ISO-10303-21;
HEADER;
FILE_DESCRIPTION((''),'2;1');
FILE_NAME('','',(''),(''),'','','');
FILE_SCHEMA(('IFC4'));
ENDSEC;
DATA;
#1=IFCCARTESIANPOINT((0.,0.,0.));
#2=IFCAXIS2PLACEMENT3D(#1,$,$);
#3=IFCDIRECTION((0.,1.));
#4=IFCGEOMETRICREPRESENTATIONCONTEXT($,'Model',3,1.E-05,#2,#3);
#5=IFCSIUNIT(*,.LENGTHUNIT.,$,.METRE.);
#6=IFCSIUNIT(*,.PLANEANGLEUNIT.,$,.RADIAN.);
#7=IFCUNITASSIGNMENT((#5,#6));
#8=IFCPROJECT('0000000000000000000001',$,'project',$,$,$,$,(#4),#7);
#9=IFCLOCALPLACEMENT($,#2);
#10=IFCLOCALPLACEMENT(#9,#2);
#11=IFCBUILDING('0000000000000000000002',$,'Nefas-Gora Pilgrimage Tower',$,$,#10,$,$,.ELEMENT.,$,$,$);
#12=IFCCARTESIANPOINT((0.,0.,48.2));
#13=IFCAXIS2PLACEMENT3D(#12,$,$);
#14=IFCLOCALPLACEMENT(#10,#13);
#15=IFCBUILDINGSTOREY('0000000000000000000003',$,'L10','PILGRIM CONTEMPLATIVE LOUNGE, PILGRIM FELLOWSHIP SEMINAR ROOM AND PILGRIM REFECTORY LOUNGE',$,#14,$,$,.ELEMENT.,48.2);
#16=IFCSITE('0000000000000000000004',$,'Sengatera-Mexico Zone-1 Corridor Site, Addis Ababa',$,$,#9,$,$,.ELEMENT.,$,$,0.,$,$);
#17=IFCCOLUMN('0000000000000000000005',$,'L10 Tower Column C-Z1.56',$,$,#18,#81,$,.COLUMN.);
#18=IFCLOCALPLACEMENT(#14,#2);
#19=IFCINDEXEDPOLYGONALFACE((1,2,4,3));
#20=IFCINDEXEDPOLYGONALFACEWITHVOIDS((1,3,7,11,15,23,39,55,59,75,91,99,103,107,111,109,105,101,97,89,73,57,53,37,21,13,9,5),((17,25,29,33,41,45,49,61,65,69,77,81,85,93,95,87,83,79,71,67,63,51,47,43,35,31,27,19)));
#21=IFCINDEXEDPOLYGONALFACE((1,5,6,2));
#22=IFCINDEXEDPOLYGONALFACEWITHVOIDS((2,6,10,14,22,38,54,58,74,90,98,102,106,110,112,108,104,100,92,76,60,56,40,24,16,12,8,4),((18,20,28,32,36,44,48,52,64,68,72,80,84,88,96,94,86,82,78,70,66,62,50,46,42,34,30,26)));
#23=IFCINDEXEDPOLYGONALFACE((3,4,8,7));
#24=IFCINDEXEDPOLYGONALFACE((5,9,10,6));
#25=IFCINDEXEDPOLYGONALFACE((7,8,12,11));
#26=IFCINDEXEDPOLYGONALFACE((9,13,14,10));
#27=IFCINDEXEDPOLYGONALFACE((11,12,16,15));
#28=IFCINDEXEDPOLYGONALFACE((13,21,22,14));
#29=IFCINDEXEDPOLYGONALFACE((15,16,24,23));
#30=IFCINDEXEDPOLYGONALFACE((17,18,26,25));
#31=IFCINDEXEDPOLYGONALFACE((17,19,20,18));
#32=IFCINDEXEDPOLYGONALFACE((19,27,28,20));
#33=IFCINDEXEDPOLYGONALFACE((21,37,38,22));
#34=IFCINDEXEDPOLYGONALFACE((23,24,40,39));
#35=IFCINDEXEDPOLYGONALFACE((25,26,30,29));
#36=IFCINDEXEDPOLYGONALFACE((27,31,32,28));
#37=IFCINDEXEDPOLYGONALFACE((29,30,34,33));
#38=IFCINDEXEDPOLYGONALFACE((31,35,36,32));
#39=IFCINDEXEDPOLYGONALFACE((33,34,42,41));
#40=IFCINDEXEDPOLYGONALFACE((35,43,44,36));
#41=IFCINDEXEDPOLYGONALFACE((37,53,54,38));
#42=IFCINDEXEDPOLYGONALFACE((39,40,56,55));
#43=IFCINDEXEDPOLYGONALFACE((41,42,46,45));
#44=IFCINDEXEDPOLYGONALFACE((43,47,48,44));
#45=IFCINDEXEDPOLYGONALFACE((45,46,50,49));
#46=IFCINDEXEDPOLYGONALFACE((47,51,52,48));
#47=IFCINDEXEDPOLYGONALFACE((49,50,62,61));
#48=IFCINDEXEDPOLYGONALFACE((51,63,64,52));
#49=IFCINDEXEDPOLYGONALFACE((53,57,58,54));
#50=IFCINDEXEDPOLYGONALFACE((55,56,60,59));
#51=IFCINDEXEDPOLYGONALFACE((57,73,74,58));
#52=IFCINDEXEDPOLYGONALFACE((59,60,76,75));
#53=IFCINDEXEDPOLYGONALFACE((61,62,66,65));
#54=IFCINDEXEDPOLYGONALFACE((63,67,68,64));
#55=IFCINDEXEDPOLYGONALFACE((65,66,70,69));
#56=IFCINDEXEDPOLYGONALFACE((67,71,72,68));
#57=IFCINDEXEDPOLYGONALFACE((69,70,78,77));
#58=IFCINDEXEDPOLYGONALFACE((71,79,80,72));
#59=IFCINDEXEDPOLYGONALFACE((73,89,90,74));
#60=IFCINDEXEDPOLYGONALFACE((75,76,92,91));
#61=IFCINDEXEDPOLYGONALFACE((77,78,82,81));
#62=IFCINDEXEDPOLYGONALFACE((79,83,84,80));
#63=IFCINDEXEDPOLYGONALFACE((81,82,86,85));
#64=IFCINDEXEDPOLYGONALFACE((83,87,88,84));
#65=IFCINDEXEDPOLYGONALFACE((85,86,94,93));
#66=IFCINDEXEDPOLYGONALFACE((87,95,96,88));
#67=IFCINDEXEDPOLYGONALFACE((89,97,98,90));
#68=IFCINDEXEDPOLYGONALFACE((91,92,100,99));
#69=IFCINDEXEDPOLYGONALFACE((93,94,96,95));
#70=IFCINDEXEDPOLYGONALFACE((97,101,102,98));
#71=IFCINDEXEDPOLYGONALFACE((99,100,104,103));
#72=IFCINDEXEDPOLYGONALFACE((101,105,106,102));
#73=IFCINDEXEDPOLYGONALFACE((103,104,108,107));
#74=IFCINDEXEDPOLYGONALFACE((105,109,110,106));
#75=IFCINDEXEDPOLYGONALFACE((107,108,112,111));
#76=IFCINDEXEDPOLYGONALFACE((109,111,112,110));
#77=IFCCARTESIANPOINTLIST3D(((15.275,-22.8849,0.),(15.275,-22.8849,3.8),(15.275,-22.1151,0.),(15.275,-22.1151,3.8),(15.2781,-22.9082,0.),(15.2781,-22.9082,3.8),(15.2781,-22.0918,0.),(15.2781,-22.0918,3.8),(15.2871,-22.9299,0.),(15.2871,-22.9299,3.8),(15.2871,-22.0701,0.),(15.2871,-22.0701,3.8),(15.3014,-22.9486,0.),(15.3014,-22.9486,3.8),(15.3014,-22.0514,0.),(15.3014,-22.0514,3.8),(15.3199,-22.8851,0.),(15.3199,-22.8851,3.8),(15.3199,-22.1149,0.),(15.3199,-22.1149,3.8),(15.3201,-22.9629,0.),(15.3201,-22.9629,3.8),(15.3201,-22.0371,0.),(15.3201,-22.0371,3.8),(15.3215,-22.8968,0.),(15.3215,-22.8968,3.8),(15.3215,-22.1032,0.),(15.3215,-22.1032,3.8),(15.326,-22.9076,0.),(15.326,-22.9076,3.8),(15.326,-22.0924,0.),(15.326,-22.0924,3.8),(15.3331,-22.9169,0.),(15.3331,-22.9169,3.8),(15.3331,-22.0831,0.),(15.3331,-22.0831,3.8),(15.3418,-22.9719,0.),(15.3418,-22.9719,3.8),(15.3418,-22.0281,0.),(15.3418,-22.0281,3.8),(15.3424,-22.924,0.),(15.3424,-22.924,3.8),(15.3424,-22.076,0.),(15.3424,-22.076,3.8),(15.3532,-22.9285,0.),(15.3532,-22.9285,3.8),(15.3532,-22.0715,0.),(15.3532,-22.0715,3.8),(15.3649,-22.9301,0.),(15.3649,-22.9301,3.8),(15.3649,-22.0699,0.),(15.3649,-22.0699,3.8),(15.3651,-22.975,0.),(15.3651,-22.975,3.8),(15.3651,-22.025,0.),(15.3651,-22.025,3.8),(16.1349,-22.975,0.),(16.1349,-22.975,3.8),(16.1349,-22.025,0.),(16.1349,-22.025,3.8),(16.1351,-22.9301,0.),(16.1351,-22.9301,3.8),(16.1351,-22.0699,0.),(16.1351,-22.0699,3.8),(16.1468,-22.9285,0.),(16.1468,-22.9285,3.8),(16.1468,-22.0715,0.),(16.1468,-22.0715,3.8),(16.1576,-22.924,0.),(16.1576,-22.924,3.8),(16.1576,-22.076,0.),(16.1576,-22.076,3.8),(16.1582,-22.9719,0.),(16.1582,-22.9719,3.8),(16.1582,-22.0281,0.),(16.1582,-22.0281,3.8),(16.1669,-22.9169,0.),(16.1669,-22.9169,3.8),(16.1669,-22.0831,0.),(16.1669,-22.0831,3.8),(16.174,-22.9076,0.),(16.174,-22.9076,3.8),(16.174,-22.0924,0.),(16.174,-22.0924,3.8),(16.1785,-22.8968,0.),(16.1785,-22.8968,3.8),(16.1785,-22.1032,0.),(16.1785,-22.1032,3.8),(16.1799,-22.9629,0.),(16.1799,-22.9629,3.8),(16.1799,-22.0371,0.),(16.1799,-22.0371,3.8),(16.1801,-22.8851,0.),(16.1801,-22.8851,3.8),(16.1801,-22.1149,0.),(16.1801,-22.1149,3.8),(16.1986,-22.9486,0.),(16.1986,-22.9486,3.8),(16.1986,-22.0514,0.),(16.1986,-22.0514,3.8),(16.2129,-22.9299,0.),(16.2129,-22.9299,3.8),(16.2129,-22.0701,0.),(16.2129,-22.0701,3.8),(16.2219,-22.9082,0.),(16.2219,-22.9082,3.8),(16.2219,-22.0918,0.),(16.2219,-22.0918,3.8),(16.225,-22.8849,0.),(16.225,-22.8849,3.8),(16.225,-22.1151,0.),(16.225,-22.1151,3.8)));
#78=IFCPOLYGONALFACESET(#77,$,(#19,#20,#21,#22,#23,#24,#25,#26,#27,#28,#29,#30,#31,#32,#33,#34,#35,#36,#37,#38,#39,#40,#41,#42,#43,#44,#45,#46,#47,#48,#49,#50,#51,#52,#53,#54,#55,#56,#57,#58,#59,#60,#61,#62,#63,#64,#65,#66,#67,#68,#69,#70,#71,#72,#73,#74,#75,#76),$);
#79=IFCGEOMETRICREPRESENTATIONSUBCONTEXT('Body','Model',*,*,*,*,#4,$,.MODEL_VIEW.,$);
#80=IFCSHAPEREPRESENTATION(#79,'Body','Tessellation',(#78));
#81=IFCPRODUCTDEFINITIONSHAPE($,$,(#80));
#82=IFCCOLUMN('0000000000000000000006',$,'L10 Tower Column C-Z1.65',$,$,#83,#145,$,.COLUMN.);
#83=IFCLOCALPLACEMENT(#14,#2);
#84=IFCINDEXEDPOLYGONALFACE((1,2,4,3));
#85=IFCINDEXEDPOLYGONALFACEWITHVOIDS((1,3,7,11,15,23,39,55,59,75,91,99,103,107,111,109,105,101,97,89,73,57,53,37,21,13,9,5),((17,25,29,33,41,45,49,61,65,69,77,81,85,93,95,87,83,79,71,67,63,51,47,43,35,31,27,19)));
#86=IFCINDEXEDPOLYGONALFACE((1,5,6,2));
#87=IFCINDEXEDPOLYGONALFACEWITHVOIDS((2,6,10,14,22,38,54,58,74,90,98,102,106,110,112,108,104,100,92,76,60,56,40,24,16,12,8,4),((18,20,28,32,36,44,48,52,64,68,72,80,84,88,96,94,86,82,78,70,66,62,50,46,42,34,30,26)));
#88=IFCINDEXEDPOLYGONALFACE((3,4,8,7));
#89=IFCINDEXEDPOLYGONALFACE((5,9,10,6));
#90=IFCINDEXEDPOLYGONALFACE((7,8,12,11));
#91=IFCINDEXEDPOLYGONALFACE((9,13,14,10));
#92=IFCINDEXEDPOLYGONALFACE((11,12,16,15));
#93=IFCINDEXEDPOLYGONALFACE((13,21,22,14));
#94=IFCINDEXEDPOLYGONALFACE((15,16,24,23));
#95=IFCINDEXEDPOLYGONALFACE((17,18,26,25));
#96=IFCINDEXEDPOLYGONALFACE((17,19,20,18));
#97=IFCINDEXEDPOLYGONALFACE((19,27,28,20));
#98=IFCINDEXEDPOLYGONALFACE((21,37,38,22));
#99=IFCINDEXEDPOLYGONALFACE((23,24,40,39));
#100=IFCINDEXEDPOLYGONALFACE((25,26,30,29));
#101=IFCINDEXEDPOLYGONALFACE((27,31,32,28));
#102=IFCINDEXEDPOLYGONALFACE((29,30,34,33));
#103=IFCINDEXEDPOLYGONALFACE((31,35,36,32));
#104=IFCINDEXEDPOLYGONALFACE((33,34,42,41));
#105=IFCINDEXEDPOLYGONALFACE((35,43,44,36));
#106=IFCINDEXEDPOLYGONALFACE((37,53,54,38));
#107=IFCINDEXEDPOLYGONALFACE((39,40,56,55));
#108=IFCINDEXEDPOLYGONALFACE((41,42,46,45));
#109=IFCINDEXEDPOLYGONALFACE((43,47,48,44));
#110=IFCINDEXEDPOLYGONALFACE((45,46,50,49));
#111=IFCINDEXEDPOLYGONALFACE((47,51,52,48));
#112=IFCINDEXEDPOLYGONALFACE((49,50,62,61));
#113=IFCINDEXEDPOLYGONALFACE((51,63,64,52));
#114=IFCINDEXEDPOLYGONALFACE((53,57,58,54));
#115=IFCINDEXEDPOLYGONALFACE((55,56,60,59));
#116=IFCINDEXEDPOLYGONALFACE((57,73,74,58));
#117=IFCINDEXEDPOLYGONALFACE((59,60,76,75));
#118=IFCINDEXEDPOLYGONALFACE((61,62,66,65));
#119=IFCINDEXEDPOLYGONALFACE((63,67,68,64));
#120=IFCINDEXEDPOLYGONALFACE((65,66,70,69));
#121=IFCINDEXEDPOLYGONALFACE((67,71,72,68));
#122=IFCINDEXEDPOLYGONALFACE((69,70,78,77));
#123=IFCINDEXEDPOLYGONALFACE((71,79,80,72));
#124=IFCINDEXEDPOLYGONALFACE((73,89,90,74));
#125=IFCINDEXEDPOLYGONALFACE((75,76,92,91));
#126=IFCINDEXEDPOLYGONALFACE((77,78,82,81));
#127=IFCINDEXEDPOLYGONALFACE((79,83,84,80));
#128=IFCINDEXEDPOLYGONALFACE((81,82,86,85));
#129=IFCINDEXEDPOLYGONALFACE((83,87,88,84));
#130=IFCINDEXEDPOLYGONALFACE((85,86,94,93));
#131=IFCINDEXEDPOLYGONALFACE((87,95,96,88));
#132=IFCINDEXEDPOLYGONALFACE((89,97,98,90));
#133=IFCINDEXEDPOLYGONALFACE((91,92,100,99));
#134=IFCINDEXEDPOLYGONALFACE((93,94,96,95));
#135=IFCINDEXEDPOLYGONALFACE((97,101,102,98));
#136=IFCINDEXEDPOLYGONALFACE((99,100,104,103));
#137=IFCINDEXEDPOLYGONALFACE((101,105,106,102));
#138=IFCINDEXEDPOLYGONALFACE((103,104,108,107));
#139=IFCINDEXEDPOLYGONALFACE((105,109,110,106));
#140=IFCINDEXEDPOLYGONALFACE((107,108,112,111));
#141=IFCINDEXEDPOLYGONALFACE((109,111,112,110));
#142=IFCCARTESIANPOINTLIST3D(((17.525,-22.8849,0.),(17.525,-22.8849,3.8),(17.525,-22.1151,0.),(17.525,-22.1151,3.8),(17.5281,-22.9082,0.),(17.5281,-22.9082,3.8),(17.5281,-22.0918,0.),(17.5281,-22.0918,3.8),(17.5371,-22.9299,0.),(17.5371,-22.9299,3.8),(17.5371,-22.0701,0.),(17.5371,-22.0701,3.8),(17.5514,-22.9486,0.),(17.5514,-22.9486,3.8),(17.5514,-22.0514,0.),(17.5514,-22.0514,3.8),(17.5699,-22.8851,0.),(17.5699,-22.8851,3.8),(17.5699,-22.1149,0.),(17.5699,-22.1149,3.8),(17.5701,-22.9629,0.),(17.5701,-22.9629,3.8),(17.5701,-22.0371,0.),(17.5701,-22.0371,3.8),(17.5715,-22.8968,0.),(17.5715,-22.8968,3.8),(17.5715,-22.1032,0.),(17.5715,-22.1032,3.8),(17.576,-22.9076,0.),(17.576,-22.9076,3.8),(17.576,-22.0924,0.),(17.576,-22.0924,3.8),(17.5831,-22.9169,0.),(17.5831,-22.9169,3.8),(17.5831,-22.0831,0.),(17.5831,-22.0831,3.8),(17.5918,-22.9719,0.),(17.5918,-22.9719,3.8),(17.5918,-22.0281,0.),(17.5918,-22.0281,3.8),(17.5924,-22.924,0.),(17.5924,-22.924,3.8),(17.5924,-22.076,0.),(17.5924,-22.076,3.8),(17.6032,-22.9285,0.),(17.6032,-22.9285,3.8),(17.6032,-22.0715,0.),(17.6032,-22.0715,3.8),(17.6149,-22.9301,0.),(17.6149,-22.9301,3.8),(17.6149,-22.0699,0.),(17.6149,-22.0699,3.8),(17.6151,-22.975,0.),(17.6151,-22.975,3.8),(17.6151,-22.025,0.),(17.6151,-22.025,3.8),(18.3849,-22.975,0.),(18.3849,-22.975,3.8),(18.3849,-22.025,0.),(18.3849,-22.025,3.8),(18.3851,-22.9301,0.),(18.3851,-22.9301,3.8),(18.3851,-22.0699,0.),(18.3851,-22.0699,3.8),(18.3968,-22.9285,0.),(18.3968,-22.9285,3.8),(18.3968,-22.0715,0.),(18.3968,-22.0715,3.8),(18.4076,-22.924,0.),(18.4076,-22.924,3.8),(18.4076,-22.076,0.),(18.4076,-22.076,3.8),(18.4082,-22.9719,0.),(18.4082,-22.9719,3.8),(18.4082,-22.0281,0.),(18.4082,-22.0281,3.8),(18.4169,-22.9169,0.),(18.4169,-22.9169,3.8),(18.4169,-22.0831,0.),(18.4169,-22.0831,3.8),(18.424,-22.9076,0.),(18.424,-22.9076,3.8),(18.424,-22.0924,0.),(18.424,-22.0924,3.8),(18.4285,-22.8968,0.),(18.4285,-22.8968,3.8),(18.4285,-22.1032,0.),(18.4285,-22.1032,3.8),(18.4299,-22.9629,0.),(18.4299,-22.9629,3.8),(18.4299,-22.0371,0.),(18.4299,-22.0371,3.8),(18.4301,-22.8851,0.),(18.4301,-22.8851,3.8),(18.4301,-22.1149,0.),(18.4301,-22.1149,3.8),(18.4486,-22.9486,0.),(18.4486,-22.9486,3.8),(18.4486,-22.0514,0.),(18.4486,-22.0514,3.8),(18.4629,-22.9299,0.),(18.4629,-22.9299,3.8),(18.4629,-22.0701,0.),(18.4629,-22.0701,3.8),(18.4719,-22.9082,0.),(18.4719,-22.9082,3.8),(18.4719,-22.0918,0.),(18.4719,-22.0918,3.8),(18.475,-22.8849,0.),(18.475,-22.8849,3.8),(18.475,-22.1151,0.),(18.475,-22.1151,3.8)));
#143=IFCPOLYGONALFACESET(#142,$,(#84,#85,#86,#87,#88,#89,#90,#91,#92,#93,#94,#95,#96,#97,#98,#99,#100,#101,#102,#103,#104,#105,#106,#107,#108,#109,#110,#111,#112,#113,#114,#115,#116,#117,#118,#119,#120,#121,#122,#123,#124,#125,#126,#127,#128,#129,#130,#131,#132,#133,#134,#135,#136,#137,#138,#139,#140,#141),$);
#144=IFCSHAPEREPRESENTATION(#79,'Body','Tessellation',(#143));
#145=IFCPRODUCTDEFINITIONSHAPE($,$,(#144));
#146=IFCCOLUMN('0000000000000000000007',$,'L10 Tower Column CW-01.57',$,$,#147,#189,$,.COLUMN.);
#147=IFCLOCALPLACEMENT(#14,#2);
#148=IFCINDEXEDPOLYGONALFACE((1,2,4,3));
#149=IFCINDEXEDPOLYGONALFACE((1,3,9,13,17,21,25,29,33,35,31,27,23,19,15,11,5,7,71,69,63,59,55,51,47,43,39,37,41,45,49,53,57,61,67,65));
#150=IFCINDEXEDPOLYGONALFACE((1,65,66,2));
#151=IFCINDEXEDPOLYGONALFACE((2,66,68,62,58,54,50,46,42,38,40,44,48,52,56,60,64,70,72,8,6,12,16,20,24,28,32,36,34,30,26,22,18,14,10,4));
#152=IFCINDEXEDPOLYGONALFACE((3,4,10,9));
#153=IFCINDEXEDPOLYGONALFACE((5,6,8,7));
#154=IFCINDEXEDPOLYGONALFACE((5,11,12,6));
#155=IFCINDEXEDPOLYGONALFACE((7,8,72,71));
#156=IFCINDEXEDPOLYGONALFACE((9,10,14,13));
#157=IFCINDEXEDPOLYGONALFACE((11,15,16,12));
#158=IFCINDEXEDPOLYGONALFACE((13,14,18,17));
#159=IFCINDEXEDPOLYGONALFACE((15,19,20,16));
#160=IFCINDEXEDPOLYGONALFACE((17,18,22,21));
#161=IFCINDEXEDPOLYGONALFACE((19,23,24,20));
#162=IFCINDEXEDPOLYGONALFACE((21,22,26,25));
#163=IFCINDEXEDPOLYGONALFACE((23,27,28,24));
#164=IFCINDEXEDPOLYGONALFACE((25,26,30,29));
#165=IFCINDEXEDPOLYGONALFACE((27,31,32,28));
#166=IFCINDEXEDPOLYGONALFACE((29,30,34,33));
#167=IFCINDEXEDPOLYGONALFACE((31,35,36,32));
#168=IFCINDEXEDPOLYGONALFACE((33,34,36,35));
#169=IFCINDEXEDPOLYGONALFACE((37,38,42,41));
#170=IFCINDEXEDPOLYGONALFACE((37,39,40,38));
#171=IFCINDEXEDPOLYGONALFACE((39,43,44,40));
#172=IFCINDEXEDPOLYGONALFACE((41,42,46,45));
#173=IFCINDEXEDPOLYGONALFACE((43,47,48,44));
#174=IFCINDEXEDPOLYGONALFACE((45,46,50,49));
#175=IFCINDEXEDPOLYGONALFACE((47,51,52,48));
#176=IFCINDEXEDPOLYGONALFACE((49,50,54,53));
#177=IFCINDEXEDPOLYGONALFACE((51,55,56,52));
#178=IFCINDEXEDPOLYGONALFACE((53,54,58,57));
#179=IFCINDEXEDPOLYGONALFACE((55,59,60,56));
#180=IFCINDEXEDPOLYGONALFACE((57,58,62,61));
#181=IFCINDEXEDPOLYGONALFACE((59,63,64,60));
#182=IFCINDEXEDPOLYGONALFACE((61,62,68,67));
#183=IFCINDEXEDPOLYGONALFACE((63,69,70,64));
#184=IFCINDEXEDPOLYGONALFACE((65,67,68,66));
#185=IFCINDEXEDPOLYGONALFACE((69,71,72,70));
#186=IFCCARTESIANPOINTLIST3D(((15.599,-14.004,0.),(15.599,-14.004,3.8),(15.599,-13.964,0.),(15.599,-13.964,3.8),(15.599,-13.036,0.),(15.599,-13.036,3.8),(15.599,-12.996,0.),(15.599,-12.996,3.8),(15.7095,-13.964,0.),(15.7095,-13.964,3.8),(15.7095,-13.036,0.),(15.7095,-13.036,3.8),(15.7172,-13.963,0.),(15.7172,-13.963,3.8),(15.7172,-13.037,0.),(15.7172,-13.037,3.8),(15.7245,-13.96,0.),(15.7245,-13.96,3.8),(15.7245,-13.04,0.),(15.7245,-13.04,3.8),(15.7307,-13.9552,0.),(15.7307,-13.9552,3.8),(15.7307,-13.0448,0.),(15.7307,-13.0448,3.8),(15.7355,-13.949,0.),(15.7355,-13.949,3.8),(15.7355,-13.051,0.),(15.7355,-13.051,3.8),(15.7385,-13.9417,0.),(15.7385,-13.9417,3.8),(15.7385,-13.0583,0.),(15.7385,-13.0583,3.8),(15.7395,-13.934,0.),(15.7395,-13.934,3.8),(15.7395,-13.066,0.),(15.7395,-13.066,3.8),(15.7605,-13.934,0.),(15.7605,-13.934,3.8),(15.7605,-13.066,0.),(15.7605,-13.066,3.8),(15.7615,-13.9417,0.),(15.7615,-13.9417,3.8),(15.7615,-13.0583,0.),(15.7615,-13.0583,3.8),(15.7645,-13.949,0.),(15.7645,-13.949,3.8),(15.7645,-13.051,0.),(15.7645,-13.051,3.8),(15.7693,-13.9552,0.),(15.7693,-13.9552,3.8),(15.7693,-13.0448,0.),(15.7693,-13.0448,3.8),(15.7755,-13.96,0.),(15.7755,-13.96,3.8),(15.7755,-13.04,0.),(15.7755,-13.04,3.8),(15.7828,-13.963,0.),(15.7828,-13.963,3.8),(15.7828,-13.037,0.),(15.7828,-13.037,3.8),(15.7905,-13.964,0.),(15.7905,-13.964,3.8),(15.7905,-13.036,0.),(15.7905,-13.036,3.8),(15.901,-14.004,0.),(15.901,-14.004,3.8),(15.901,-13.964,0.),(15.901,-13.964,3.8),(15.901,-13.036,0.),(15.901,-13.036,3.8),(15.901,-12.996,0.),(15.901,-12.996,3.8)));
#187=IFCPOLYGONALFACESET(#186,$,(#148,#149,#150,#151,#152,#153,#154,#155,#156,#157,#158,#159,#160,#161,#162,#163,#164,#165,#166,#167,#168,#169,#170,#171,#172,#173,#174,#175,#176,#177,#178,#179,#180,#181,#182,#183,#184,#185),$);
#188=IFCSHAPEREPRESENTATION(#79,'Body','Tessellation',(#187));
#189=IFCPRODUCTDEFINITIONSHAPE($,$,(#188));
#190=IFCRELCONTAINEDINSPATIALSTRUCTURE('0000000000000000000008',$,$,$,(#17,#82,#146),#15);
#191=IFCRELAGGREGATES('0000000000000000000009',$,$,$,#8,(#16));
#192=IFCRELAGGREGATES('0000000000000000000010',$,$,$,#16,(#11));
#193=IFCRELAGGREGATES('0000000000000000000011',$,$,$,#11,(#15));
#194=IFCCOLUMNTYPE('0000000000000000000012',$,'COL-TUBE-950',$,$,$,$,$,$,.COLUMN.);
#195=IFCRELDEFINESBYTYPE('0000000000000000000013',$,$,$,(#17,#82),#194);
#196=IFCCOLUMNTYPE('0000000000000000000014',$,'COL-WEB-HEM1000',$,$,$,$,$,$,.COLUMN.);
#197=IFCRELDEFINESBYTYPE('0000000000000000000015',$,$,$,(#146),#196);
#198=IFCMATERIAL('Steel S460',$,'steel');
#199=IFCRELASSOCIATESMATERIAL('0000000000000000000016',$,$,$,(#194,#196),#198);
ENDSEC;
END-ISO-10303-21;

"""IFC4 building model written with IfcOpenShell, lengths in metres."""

from ifc_helpers import new_model, si_unit, direction, frame, origin, origin_2d, place, context, subcontext, project, spatial, hollow_rectangle, i_section, extrude, source, transform, mapped, material, material_profile, profile_set, type_object, element, save


model = new_model("IFC4")

# Units and contexts
model_context = context("Model", 3, precision=1e-05, world=origin(), true_north=direction((0.0, 1.0)))
body_context = subcontext(model_context, "Body", "Model", "MODEL_VIEW")
ifc_project = project(units=[si_unit("LENGTHUNIT", "METRE"), si_unit("PLANEANGLEUNIT", "RADIAN")], contexts=[model_context])

# Site, building, storey
site_placement = place(None, origin())
site = spatial("IfcSite", under=ifc_project, at=site_placement, Name="Sengatera-Mexico Zone-1 Corridor Site, Addis Ababa", CompositionType="ELEMENT", RefElevation=0.0)
building_placement = place(site_placement, origin())
building = spatial("IfcBuilding", under=site, at=building_placement, Name="Nefas-Gora Pilgrimage Tower", CompositionType="ELEMENT")
storey_placement = place(building_placement, frame((0.0, 0.0, 48.2)))
storey = spatial("IfcBuildingStorey", under=building, at=storey_placement, Name="L10", Description="PILGRIM CONTEMPLATIVE LOUNGE, PILGRIM FELLOWSHIP SEMINAR ROOM AND PILGRIM REFECTORY LOUNGE", CompositionType="ELEMENT", Elevation=48.2)

# Columns
ifc_material_1 = material(Name="Steel S460", Category="steel")
ifc_material_profile_1 = material_profile(ifc_material_1, hollow_rectangle(XDim=0.95, YDim=0.95, WallThickness=0.0449, InnerFilletRadius=0.0449, OuterFilletRadius=0.0901, at=origin_2d()), Name="BOX 950x950x45")
ifc_profile_set_1 = profile_set([ifc_material_profile_1], Name="Steel S460")
column_type_1 = type_object("IfcColumnType", Name="COL-TUBE-950", PredefinedType="COLUMN", material=ifc_profile_set_1)
shared_shape_1 = source(origin(), body_context, "Body", "SweptSolid", [
    extrude(hollow_rectangle(XDim=0.95, YDim=0.95, WallThickness=0.0449, InnerFilletRadius=0.0449, OuterFilletRadius=0.0901, at=origin_2d()), origin(), (0.0, 0.0, 1.0), 3.8),
])
for number, where, z_axis, x_axis, name in (
    (1, (15.75, -22.5, 0.0), (0.0, 0.0, 1.0), (1.0, 0.0, 0.0), "L10 Tower Column C-Z1.56"),
    (2, (18.0, -22.5, 0.0), (0.0, 0.0, 1.0), (1.0, 0.0, 0.0), "L10 Tower Column C-Z1.65"),
):
    element("IfcColumn", number, at=place(storey_placement, frame(where, z_axis=z_axis, x_axis=x_axis)), inside=storey, type_object=column_type_1, Name=name, PredefinedType="COLUMN", context=body_context, shape_type="MappedRepresentation", body=[
        mapped(shared_shape_1, transform((0.0, 0.0, 0.0), x_axis=(1.0, 0.0, 0.0), y_axis=(0.0, 1.0, 0.0), z_axis=(0.0, 0.0, 1.0), scale=1.0)),
    ])
ifc_material_profile_2 = material_profile(ifc_material_1, i_section(OverallWidth=0.302, OverallDepth=1.0081, WebThickness=0.021, FlangeThickness=0.04, FilletRadius=0.03, at=origin_2d()), Name="HEM 1000")
ifc_profile_set_2 = profile_set([ifc_material_profile_2], Name="Steel S460")
column_type_2 = type_object("IfcColumnType", Name="COL-WEB-HEM1000", PredefinedType="COLUMN", material=ifc_profile_set_2)
shared_shape_2 = source(origin(), body_context, "Body", "SweptSolid", [
    extrude(i_section(OverallWidth=0.302, OverallDepth=1.0081, WebThickness=0.021, FlangeThickness=0.04, FilletRadius=0.03, at=origin_2d()), origin(), (0.0, 0.0, 1.0), 3.8),
])
for number, where, z_axis, x_axis, name in (
    (3, (15.75, -13.5, 0.0), (0.0, 0.0, 1.0), (1.0, 0.0, 0.0), "L10 Tower Column CW-01.57"),
):
    element("IfcColumn", number, at=place(storey_placement, frame(where, z_axis=z_axis, x_axis=x_axis)), inside=storey, type_object=column_type_2, Name=name, PredefinedType="COLUMN", context=body_context, shape_type="MappedRepresentation", body=[
        mapped(shared_shape_2, transform((0.0, 0.0, 0.0), x_axis=(1.0, 0.0, 0.0), y_axis=(0.0, 1.0, 0.0), z_axis=(0.0, 0.0, 1.0), scale=1.0)),
    ])

save(model, "model.ifc")
